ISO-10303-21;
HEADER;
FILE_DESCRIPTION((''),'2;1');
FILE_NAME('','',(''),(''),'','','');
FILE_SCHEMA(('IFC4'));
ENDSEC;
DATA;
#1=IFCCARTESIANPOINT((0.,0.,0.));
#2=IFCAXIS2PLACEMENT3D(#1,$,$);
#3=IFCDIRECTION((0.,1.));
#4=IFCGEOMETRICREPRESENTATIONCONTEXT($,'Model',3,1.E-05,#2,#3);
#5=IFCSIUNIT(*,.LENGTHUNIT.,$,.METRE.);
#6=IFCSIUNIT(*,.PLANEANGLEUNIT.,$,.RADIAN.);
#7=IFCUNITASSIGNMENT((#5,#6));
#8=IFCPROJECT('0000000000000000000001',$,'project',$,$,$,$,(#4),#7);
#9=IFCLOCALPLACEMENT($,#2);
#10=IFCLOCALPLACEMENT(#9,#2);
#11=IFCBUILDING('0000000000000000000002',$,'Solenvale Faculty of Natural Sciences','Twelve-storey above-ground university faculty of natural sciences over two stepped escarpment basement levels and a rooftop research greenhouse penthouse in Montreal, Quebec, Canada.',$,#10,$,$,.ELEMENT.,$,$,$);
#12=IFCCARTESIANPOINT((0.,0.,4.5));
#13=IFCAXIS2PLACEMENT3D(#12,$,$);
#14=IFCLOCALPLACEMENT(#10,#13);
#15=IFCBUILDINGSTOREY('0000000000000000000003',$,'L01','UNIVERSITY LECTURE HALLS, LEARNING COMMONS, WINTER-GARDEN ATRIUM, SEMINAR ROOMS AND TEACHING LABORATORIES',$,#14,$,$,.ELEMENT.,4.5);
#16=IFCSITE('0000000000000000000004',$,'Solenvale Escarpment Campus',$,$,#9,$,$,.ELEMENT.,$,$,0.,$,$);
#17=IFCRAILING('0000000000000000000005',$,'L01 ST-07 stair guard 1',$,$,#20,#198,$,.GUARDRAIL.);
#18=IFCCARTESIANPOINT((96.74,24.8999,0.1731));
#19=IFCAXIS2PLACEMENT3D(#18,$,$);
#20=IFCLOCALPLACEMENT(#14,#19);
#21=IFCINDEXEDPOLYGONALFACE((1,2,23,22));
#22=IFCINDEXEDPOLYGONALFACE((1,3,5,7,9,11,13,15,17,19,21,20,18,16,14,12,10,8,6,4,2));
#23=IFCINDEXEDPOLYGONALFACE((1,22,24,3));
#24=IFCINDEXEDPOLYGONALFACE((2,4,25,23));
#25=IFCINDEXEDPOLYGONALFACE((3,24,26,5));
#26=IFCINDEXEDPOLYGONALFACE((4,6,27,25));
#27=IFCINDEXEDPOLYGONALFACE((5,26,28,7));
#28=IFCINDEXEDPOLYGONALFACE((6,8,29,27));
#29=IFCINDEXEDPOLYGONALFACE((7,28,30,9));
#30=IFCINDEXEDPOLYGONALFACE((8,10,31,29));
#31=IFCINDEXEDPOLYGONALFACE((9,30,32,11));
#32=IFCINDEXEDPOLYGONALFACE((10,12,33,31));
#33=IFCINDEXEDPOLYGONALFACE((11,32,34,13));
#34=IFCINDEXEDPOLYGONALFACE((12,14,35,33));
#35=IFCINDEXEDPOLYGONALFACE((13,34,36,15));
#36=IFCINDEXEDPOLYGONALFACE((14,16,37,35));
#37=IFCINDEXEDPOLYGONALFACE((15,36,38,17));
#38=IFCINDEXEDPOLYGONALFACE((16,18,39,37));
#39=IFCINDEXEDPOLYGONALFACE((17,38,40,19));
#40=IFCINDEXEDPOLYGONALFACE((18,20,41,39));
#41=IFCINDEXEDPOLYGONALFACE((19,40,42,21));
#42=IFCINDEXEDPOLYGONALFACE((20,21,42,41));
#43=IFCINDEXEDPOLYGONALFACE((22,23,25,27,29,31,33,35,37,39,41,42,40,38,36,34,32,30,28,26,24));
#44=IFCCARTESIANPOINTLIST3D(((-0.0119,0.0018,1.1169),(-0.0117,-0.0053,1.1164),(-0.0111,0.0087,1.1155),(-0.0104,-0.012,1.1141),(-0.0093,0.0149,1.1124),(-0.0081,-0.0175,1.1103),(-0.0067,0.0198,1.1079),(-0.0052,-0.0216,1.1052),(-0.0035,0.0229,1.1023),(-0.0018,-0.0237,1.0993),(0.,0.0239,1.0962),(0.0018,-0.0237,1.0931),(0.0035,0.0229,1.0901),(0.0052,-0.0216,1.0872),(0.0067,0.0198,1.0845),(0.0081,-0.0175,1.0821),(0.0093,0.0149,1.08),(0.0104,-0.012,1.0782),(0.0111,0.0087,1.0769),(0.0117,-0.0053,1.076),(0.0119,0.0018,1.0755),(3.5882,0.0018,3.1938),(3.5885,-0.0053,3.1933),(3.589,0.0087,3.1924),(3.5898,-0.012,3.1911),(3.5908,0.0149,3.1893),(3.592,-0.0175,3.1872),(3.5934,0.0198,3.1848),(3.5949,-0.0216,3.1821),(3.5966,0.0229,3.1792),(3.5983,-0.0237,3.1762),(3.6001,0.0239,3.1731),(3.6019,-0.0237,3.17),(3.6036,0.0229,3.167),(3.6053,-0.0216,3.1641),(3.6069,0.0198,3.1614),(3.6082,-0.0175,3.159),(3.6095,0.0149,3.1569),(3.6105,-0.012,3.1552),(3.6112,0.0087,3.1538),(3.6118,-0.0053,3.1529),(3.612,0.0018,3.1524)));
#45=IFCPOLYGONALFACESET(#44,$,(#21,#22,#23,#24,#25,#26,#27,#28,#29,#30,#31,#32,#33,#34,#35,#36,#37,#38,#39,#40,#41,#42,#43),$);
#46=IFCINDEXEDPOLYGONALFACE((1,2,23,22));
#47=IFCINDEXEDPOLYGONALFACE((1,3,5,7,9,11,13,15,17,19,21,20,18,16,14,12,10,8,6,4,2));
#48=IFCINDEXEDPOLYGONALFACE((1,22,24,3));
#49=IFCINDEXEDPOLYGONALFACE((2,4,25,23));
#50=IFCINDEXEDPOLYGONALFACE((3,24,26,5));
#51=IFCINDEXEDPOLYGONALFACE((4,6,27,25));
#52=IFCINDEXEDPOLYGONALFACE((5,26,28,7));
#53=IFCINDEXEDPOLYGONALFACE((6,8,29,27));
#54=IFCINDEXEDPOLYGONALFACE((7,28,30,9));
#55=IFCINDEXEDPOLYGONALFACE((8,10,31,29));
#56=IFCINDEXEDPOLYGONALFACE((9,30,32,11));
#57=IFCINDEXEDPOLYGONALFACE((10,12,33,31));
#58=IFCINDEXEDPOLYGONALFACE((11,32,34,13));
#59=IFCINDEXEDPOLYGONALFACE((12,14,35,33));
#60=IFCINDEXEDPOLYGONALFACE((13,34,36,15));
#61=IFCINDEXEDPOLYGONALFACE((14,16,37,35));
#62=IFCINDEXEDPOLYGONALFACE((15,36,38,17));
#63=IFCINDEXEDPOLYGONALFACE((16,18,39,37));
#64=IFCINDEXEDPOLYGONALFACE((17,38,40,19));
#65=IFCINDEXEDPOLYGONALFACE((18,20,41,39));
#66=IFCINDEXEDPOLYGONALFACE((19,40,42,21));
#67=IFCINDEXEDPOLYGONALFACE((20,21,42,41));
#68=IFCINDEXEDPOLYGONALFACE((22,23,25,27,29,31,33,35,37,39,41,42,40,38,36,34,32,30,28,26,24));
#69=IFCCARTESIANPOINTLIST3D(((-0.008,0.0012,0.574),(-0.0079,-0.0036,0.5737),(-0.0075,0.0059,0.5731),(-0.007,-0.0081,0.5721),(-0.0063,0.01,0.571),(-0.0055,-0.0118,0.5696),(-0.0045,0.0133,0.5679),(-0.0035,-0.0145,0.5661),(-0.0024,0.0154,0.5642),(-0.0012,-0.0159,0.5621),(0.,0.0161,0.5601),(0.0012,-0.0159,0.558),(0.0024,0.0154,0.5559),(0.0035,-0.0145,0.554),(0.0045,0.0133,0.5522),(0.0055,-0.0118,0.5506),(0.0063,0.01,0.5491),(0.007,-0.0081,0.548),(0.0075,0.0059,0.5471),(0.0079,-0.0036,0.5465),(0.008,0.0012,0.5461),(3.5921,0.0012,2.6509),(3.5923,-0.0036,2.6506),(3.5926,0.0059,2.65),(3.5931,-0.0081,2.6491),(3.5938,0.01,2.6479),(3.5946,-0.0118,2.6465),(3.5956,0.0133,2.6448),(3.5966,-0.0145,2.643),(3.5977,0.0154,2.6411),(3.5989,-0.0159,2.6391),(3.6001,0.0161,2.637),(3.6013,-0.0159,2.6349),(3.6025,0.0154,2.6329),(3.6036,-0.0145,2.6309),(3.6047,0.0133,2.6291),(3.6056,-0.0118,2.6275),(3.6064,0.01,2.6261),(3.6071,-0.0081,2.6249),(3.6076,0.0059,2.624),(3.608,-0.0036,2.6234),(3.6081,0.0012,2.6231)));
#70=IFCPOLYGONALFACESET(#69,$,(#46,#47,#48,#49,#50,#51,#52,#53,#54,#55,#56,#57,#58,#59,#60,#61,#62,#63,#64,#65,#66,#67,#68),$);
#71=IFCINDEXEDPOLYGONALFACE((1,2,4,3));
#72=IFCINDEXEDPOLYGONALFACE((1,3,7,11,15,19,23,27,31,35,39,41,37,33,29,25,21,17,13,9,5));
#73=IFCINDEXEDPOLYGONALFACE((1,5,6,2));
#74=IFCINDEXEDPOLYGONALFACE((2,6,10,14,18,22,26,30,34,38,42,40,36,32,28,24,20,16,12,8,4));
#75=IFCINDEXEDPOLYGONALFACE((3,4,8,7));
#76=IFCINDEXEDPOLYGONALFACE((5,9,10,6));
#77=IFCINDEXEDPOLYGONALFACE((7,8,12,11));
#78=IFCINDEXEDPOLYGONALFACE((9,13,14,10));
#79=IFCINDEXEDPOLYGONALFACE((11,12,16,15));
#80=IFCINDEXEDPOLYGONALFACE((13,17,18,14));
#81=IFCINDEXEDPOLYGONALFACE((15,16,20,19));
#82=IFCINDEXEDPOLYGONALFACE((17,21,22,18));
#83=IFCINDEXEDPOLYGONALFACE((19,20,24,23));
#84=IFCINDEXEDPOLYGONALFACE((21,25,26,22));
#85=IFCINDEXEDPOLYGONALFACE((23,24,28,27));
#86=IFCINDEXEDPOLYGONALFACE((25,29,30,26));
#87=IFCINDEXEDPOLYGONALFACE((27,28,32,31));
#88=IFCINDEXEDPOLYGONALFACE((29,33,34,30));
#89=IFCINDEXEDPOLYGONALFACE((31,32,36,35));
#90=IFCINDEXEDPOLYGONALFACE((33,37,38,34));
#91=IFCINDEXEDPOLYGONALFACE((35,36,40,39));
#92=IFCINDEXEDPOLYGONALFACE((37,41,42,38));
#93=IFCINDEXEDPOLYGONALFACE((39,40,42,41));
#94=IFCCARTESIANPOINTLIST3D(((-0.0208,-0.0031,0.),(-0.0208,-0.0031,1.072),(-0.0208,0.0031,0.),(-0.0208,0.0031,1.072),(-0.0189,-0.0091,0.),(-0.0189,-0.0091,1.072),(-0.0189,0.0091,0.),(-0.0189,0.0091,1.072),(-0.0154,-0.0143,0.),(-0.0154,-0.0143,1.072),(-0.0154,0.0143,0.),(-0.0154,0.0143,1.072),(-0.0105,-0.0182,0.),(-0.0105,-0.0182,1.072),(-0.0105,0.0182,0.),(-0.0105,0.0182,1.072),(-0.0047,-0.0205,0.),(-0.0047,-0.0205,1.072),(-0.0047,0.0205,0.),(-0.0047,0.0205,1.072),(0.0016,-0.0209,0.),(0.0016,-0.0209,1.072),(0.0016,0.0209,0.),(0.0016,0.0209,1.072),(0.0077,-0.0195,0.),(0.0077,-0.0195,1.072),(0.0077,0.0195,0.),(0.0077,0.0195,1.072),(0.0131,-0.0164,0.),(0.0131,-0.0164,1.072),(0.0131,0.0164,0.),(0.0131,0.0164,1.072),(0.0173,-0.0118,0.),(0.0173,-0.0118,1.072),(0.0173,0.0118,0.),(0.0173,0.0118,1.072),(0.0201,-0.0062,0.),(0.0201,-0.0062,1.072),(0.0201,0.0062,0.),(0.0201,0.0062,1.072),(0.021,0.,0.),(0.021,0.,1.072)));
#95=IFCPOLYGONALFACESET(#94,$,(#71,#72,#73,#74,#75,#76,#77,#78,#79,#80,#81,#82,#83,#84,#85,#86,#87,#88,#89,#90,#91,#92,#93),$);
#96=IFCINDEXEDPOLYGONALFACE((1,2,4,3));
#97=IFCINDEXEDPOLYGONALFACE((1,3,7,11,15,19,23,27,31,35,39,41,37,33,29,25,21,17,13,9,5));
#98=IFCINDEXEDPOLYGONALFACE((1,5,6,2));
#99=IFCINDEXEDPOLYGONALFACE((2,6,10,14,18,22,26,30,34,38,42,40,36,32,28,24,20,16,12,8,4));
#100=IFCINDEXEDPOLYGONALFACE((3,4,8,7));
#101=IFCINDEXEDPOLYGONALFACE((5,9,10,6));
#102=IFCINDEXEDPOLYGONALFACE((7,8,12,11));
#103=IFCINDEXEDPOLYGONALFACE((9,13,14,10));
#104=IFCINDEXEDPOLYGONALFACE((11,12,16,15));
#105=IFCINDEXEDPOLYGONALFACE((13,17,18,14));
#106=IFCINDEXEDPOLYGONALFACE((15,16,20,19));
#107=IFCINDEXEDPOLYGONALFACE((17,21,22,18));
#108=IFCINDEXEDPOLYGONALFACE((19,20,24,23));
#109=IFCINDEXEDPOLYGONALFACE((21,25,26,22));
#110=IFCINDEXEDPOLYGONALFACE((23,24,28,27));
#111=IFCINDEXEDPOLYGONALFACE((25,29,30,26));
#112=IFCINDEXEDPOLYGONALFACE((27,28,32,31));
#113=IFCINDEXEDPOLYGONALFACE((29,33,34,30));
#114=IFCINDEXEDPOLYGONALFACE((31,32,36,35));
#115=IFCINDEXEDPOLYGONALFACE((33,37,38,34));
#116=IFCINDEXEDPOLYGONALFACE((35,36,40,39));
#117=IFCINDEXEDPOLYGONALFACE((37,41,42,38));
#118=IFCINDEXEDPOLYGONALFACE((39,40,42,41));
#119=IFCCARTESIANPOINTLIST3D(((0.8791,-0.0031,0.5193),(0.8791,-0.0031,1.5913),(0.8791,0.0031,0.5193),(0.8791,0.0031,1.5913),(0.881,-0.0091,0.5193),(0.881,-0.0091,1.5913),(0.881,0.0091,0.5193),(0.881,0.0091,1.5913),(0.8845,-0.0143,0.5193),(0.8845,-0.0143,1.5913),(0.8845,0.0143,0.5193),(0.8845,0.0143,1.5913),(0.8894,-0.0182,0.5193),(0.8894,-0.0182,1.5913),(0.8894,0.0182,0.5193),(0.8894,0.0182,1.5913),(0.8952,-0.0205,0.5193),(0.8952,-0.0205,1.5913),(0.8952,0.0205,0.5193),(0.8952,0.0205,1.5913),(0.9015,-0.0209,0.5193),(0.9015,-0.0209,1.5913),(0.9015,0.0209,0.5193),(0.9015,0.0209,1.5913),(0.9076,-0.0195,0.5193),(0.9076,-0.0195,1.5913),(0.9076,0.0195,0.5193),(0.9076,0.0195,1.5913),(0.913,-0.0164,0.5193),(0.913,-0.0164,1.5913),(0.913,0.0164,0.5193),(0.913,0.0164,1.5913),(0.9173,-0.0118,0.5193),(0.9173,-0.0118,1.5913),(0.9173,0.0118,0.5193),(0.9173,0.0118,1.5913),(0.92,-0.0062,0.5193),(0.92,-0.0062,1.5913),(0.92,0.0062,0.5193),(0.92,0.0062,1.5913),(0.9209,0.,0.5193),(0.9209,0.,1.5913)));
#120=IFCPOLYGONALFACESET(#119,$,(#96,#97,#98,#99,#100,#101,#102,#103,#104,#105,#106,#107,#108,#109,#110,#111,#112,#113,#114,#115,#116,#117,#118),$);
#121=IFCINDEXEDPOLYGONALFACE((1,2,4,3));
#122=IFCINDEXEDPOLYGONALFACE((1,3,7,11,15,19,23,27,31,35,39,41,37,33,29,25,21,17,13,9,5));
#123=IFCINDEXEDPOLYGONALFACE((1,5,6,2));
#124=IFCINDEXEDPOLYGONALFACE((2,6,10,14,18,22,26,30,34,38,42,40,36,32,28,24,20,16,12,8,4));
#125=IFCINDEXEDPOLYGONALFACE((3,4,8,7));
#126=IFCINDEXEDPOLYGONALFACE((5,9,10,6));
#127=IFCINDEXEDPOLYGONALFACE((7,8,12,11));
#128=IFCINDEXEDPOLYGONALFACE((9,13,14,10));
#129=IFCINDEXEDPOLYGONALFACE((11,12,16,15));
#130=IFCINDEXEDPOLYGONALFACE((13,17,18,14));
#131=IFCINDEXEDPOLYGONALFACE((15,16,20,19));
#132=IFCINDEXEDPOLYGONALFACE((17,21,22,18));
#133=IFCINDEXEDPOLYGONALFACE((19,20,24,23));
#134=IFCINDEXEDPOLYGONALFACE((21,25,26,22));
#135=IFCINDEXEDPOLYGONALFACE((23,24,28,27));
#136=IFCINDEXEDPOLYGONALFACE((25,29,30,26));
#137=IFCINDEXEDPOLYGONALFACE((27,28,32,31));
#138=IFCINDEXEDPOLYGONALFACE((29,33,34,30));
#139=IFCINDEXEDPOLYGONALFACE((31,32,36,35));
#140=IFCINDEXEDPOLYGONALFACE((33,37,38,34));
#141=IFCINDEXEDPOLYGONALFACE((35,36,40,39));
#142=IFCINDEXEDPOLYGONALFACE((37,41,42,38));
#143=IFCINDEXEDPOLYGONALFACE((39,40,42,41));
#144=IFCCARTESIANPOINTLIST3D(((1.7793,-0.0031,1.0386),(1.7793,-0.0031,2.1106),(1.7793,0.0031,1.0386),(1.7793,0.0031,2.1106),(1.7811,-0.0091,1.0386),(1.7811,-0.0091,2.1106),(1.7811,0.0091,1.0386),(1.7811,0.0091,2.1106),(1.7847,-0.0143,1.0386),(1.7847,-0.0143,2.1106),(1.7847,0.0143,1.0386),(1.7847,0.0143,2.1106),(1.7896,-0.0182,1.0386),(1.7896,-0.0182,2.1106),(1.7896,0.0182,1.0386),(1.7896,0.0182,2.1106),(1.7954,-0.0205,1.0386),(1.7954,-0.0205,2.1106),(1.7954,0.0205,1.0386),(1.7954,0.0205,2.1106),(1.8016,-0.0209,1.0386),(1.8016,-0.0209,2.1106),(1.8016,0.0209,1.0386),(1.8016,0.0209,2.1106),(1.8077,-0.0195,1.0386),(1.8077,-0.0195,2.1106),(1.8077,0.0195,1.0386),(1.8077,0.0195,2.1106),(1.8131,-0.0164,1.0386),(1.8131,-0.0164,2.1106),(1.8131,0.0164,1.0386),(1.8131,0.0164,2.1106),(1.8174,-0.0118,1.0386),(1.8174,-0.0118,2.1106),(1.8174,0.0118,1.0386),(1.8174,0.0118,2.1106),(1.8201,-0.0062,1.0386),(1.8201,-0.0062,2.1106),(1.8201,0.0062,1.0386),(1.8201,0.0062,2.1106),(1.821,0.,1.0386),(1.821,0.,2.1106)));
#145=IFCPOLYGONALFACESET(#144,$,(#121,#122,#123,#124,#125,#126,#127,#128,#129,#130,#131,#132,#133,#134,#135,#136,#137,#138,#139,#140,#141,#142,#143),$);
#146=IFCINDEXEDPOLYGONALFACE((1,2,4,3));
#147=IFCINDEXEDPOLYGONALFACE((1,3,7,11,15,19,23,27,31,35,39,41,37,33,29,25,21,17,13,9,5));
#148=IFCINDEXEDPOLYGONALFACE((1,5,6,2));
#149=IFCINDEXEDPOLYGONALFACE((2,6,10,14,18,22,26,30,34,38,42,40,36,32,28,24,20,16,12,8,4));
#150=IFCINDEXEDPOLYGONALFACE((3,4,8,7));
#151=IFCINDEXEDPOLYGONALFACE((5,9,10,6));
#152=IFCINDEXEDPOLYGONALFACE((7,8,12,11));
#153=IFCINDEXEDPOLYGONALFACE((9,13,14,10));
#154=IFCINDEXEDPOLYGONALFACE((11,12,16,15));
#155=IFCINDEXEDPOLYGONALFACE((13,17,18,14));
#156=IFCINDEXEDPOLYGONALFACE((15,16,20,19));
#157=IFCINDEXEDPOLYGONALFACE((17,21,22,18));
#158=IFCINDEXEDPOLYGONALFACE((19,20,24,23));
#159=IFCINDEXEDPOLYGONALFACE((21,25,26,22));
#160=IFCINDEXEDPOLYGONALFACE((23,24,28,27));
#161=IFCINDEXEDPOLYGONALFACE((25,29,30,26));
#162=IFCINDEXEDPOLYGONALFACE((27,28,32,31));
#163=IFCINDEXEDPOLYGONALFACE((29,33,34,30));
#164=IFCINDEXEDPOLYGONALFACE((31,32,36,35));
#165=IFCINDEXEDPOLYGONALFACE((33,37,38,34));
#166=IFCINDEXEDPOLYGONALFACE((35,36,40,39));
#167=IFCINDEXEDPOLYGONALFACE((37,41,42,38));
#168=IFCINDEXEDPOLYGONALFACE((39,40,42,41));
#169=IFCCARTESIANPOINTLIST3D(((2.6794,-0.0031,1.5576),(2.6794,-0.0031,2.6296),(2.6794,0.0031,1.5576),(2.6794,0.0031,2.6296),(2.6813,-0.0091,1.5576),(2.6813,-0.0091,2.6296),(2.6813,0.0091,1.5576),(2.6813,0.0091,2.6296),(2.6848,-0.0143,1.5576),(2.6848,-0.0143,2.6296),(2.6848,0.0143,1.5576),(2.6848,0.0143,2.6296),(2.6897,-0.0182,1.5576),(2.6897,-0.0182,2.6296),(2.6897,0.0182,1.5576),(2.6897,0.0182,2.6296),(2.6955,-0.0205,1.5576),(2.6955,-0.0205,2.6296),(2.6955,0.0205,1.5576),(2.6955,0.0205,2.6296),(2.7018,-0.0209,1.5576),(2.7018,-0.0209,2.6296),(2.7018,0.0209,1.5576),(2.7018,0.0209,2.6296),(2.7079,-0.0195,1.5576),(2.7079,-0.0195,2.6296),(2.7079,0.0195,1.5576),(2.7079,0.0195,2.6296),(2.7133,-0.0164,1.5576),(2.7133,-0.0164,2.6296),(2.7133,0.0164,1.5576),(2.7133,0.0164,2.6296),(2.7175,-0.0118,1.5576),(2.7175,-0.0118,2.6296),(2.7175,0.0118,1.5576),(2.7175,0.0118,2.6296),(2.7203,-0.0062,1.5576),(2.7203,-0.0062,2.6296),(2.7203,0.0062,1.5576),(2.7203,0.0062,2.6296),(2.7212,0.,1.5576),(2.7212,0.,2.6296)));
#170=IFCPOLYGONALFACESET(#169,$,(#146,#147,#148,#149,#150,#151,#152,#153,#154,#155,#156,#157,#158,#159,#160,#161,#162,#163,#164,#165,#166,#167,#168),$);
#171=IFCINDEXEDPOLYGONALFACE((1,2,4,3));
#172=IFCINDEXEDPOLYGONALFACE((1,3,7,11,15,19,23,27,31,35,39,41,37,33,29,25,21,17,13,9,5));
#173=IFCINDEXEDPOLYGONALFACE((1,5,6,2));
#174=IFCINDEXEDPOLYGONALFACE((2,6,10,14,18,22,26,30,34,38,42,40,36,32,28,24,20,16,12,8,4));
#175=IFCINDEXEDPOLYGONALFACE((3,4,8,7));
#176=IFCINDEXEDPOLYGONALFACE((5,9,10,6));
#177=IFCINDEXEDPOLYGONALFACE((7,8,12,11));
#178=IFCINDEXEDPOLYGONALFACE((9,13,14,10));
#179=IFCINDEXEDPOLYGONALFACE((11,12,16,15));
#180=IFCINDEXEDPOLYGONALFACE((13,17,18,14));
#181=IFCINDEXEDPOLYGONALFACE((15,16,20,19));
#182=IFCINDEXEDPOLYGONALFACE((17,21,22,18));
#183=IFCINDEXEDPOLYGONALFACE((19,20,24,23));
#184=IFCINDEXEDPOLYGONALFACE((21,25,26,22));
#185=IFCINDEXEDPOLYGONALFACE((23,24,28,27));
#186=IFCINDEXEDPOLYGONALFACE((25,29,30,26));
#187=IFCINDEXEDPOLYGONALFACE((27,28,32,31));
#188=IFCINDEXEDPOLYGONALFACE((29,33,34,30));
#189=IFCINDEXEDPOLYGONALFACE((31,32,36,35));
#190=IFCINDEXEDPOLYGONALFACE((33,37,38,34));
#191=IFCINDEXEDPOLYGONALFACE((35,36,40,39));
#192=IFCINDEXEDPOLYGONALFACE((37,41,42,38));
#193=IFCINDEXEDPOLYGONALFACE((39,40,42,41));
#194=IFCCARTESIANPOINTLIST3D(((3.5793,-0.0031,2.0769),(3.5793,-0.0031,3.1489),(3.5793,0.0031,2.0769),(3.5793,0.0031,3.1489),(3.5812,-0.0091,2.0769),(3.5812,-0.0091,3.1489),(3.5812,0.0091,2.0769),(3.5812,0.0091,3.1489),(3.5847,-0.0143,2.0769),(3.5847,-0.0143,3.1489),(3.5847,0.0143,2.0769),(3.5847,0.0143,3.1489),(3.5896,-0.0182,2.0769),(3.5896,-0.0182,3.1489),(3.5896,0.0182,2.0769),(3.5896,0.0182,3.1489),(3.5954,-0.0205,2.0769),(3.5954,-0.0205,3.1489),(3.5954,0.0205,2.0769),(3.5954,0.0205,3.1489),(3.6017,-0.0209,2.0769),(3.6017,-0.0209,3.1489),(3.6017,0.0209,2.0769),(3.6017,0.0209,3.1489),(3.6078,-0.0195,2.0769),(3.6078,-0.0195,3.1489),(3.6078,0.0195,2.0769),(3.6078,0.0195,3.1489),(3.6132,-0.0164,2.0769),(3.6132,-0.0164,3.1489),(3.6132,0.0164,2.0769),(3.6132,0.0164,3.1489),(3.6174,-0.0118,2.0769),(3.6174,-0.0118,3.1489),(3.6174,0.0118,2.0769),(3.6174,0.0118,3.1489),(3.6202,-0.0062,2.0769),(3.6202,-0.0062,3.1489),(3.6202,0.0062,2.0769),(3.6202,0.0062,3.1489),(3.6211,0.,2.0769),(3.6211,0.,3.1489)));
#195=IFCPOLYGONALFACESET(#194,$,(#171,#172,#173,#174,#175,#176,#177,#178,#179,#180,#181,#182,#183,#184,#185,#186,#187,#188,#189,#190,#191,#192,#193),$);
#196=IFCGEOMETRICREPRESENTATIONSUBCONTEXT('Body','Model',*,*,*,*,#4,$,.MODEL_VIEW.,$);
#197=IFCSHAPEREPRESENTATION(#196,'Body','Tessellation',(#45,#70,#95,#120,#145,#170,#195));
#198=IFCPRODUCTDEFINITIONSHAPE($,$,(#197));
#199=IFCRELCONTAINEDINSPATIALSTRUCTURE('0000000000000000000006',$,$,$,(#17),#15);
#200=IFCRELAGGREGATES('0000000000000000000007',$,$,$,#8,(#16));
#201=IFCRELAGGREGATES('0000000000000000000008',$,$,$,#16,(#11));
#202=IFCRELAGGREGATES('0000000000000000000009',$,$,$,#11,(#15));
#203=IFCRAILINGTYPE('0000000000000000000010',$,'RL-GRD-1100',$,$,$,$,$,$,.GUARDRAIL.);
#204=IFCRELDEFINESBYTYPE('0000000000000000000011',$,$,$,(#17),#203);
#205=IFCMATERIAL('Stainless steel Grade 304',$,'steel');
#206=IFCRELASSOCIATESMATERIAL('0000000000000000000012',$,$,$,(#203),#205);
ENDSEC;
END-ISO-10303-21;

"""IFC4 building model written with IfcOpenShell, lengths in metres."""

from ifc_helpers import new_model, si_unit, direction, frame, origin, origin_2d, place, context, subcontext, project, spatial, circle, extrude, material, type_object, element, save


model = new_model("IFC4")

# Units and contexts
model_context = context("Model", 3, precision=1e-05, world=origin(), true_north=direction((0.0, 1.0)))
body_context = subcontext(model_context, "Body", "Model", "MODEL_VIEW")
ifc_project = project(units=[si_unit("LENGTHUNIT", "METRE"), si_unit("PLANEANGLEUNIT", "RADIAN")], contexts=[model_context])

# Site, building, storey
site_placement = place(None, origin())
site = spatial("IfcSite", under=ifc_project, at=site_placement, Name="Solenvale Escarpment Campus", CompositionType="ELEMENT", RefElevation=0.0)
building_placement = place(site_placement, origin())
building = spatial("IfcBuilding", under=site, at=building_placement, Name="Solenvale Faculty of Natural Sciences", Description="Twelve-storey above-ground university faculty of natural sciences over two stepped escarpment basement levels and a rooftop research greenhouse penthouse in Montreal, Quebec, Canada.", CompositionType="ELEMENT")
storey_placement = place(building_placement, frame((0.0, 0.0, 4.5)))
storey = spatial("IfcBuildingStorey", under=building, at=storey_placement, Name="L01", Description="UNIVERSITY LECTURE HALLS, LEARNING COMMONS, WINTER-GARDEN ATRIUM, SEMINAR ROOMS AND TEACHING LABORATORIES", CompositionType="ELEMENT", Elevation=4.5)

# Railing
ifc_material_1 = material(Name="Stainless steel Grade 304", Category="steel")
railing_type_1 = type_object("IfcRailingType", Name="RL-GRD-1100", PredefinedType="GUARDRAIL", material=ifc_material_1)
railing_1_placement = place(storey_placement, frame((96.74, 24.8999, 0.1731)))
element("IfcRailing", 1, at=railing_1_placement, inside=storey, type_object=railing_type_1, Name="L01 ST-07 stair guard 1", PredefinedType="GUARDRAIL", context=body_context, shape_type="SweptSolid", body=[
    extrude(circle(Radius=0.0239, at=origin_2d()), frame((0.0, 0.0, 1.0962), z_axis=(0.866193, 0.0, 0.499709), x_axis=(0.0, 1.0, 0.0)), (0.0, 0.0, 1.0), 4.1562),
    extrude(circle(Radius=0.0161, at=origin_2d()), frame((0.0, 0.0, 0.5601), z_axis=(0.866193, 0.0, 0.499709), x_axis=(0.0, 1.0, 0.0)), (0.0, 0.0, 1.0), 4.1562),
    extrude(circle(Radius=0.021, at=origin_2d()), origin(), (0.0, 0.0, 1.0), 1.072),
    extrude(circle(Radius=0.021, at=origin_2d()), frame((0.8999, 0.0, 0.5193)), (0.0, 0.0, 1.0), 1.072),
    extrude(circle(Radius=0.021, at=origin_2d()), frame((1.8, 0.0, 1.0386)), (0.0, 0.0, 1.0), 1.072),
    extrude(circle(Radius=0.021, at=origin_2d()), frame((2.7002, 0.0, 1.5576)), (0.0, 0.0, 1.0), 1.072),
    extrude(circle(Radius=0.021, at=origin_2d()), frame((3.6001, 0.0, 2.0769)), (0.0, 0.0, 1.0), 1.072),
])

save(model, "model.ifc")
